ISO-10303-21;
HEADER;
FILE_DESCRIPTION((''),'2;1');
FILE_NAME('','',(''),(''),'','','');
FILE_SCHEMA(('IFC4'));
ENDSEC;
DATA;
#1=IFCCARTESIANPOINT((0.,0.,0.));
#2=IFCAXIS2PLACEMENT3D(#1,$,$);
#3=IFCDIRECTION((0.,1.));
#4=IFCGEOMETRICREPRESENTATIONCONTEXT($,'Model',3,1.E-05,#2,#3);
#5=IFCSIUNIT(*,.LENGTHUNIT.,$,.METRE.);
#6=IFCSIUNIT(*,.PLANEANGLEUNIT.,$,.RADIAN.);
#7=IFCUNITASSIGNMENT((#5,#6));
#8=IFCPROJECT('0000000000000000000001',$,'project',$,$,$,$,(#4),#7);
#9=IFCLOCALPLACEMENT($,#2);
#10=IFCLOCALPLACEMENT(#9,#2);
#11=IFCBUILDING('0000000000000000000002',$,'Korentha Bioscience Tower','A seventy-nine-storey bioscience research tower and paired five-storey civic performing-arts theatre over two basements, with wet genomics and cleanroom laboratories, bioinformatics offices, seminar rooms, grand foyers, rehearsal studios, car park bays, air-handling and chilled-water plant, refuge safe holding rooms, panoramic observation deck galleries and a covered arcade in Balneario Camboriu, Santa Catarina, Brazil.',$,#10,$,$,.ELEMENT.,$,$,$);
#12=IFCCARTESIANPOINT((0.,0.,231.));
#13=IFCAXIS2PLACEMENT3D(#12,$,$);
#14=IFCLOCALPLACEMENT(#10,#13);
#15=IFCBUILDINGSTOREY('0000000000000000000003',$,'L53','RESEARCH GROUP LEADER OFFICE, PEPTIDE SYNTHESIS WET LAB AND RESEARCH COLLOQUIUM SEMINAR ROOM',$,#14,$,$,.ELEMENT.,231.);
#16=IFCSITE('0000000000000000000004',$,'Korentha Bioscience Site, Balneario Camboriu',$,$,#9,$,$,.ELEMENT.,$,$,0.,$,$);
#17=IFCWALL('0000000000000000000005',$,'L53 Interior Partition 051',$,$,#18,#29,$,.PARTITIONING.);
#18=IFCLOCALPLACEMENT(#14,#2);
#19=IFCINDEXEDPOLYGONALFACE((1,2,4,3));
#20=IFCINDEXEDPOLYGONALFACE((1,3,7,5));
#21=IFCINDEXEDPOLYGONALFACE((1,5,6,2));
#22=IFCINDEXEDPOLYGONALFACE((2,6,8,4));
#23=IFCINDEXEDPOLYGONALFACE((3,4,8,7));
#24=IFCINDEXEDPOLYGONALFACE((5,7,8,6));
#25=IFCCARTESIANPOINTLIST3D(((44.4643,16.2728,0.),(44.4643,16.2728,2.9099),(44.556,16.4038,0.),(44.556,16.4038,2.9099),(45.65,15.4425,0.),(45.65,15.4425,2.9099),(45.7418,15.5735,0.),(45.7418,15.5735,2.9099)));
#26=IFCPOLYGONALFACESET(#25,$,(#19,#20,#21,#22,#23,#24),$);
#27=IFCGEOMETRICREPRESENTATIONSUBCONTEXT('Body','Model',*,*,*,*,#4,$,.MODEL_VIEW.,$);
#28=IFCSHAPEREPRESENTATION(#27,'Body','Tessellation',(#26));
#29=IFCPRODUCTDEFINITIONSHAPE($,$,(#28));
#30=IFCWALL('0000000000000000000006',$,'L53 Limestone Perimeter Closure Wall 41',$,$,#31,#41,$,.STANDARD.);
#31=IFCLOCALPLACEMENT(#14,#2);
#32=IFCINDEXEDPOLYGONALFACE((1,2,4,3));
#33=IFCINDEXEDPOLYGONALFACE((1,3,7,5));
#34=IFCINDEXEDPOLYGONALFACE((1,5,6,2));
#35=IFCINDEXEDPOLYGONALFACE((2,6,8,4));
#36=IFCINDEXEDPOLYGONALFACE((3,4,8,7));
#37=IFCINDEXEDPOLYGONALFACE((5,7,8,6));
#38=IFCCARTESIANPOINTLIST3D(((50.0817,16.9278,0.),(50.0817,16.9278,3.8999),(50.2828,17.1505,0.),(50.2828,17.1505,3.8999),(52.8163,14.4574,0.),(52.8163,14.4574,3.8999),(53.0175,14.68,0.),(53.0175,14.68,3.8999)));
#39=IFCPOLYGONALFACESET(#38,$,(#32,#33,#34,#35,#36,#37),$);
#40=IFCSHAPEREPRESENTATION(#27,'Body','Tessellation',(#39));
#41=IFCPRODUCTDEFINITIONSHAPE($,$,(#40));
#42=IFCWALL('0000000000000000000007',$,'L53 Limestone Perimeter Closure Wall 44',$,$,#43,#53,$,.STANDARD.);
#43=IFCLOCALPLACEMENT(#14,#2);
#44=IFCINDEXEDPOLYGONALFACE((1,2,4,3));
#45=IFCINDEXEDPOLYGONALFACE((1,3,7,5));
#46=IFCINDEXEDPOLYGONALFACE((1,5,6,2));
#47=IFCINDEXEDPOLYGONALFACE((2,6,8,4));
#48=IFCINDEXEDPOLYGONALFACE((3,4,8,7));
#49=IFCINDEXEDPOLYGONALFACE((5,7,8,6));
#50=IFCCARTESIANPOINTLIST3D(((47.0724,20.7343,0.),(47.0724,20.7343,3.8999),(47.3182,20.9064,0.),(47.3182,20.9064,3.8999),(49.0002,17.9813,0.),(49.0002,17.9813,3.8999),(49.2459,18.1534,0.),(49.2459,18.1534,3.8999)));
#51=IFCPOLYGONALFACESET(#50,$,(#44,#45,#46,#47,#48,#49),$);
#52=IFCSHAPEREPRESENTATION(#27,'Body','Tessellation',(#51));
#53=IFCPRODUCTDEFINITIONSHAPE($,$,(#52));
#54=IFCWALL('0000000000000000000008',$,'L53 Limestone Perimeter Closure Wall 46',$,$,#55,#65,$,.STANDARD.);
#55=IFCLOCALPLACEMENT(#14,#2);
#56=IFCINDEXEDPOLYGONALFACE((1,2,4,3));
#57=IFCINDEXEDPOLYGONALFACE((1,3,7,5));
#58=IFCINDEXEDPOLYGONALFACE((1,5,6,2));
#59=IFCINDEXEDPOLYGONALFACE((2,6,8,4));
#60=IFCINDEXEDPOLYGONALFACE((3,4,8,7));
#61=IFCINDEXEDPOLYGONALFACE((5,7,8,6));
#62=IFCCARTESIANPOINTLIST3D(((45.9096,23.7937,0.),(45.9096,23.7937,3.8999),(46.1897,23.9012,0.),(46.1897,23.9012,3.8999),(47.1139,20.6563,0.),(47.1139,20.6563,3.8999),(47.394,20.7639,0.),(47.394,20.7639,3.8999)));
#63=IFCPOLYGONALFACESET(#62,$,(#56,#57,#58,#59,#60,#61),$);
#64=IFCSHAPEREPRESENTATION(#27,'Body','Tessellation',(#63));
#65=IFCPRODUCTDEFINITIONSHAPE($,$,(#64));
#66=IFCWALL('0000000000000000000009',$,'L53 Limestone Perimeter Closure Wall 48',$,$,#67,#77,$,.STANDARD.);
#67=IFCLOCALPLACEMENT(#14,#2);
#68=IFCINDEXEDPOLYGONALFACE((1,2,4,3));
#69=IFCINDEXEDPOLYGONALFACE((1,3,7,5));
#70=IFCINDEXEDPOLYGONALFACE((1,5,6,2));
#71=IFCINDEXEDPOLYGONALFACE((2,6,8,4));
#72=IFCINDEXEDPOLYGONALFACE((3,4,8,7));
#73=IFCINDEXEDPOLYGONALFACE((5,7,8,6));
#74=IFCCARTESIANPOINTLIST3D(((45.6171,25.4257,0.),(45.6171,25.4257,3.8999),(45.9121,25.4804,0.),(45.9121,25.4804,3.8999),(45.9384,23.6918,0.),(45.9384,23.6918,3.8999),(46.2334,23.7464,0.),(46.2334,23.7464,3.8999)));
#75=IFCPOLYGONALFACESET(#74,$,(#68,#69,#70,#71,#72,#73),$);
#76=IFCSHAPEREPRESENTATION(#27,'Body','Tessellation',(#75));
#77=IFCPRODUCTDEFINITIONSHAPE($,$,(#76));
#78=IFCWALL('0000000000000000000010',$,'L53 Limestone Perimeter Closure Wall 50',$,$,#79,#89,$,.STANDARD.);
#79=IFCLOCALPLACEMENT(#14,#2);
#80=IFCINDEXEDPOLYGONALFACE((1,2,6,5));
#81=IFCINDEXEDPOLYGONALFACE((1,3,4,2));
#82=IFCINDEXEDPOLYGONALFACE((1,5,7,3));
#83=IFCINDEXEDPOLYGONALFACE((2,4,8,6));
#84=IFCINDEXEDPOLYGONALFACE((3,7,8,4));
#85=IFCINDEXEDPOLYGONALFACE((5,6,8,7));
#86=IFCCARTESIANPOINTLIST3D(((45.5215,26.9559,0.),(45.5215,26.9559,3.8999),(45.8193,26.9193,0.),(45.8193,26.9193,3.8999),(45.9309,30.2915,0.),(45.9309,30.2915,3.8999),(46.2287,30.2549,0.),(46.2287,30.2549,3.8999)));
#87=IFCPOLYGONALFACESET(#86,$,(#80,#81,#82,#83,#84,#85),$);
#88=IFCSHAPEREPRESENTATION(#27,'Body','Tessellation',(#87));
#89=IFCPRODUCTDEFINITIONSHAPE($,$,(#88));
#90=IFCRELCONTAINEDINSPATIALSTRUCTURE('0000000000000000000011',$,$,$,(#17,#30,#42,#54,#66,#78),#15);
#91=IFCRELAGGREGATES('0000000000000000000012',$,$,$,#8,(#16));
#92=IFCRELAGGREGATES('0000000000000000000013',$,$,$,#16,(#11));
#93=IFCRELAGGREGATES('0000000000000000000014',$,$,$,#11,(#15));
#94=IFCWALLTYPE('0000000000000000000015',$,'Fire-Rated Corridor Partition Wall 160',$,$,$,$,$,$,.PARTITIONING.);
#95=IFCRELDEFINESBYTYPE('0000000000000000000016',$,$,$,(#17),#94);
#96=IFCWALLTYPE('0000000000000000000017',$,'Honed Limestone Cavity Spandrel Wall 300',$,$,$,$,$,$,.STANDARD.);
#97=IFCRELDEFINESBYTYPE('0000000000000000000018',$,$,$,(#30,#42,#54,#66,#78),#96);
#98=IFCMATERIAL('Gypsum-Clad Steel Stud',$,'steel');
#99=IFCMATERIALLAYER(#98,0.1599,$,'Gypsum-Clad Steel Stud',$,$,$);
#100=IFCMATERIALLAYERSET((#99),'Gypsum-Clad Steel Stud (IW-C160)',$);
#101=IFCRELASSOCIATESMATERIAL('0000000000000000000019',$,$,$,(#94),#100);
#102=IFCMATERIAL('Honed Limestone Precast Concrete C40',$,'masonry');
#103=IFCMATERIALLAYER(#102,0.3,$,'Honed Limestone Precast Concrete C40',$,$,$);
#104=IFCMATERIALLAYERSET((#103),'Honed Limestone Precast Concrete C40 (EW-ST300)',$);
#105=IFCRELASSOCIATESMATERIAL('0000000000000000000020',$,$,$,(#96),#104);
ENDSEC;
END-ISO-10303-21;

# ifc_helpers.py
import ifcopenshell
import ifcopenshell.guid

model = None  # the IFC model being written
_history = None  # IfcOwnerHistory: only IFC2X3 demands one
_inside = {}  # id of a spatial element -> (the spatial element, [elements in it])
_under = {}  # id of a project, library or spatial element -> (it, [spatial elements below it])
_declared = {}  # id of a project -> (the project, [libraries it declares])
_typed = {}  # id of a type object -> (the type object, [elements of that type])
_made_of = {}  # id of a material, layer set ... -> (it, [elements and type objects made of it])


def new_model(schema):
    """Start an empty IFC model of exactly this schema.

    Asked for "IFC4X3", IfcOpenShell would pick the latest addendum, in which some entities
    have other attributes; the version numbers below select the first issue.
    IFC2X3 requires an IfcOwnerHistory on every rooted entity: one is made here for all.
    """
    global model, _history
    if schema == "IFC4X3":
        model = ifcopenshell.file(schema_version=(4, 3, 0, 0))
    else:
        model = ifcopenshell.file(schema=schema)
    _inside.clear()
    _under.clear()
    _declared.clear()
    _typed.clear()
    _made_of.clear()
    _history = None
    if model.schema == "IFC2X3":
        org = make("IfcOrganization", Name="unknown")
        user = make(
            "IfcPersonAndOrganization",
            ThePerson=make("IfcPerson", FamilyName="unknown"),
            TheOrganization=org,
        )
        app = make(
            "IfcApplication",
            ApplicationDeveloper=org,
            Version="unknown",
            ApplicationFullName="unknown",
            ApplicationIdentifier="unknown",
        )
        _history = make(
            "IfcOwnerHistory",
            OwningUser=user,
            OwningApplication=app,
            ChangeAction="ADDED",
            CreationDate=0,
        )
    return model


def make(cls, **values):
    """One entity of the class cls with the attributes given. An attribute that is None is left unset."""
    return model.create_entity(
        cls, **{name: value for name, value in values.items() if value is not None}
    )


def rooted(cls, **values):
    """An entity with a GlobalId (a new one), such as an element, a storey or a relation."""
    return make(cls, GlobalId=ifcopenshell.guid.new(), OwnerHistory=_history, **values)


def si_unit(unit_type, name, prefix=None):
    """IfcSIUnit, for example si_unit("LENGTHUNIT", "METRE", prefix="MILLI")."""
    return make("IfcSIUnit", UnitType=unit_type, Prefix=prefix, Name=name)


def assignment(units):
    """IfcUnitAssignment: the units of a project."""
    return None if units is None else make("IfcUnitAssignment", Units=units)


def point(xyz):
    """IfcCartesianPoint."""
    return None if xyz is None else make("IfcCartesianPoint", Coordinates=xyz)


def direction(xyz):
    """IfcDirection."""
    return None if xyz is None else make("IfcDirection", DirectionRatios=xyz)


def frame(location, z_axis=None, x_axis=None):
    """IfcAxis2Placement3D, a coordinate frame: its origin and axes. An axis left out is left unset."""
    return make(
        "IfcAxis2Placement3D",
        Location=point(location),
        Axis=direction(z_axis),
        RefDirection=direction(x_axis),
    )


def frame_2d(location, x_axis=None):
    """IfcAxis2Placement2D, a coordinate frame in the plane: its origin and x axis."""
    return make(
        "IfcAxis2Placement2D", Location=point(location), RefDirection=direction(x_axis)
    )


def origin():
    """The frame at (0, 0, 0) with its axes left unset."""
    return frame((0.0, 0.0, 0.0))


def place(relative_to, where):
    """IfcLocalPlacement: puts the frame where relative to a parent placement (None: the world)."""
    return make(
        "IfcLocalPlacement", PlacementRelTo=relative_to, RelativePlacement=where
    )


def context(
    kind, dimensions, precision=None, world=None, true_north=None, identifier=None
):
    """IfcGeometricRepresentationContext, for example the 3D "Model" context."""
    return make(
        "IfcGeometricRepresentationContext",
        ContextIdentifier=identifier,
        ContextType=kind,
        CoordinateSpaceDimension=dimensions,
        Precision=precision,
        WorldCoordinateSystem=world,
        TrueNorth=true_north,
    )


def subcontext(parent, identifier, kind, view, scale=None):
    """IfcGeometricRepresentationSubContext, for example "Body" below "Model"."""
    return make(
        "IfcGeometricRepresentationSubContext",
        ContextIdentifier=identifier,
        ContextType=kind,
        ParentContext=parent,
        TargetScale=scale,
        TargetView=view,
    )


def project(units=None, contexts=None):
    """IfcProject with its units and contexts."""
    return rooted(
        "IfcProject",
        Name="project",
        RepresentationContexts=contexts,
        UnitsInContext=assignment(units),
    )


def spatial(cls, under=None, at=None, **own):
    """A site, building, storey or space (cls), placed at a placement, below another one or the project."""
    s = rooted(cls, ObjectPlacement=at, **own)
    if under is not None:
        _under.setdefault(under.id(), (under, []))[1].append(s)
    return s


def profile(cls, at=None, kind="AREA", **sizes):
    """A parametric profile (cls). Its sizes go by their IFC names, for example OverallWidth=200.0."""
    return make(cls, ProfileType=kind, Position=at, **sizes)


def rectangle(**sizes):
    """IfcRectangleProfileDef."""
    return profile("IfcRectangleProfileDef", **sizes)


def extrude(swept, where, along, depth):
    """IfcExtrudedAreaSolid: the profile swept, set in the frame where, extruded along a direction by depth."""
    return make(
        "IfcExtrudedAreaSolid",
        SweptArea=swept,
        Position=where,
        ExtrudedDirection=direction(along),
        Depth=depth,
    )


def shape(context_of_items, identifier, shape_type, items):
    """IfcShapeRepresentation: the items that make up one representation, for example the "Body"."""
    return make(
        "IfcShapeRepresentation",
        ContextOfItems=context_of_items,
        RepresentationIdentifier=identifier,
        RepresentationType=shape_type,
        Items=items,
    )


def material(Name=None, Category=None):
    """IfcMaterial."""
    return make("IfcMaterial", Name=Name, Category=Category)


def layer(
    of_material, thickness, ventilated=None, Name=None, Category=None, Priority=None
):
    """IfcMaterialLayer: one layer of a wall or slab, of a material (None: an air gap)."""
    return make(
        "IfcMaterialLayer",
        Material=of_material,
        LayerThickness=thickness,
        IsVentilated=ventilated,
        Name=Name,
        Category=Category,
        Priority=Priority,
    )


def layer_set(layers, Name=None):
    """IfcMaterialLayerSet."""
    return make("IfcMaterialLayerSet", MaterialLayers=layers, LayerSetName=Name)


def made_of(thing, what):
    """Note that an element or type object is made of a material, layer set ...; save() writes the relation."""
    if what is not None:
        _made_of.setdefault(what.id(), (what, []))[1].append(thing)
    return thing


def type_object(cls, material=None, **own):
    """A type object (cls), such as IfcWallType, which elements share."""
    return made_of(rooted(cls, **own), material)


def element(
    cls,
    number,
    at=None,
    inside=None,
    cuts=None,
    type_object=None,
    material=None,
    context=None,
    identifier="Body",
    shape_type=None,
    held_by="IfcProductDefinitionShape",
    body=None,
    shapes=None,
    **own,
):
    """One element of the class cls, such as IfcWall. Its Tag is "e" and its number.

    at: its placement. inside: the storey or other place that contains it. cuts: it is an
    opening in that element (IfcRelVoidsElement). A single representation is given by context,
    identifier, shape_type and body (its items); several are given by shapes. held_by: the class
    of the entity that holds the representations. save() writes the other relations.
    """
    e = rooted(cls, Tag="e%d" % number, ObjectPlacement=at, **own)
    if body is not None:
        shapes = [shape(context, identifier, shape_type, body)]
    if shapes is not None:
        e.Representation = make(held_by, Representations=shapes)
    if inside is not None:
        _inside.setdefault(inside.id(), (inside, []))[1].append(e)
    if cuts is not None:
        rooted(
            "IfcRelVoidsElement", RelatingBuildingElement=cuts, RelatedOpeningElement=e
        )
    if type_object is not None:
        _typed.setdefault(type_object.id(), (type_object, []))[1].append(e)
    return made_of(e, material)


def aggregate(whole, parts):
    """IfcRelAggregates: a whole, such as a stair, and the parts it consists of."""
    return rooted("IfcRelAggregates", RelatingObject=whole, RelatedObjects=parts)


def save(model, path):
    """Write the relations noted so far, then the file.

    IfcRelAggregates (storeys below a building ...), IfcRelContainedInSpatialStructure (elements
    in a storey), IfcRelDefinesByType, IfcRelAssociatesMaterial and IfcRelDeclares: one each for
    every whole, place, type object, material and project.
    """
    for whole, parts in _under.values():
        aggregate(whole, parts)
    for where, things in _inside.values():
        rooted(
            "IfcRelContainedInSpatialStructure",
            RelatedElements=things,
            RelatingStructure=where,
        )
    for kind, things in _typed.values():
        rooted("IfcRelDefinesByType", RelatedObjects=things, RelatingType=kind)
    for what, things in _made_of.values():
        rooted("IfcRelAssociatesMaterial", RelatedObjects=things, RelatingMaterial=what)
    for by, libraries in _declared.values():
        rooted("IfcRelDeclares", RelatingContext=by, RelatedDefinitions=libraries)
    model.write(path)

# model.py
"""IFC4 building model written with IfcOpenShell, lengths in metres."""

from ifc_helpers import new_model, si_unit, direction, frame, frame_2d, origin, place, context, subcontext, project, spatial, rectangle, extrude, material, layer, layer_set, type_object, element, save


model = new_model("IFC4")

# Units and contexts
model_context = context("Model", 3, precision=1e-05, world=origin(), true_north=direction((0.0, 1.0)))
body_context = subcontext(model_context, "Body", "Model", "MODEL_VIEW")
ifc_project = project(units=[si_unit("LENGTHUNIT", "METRE"), si_unit("PLANEANGLEUNIT", "RADIAN")], contexts=[model_context])

# Site, building, storey
site_placement = place(None, origin())
site = spatial("IfcSite", under=ifc_project, at=site_placement, Name="Korentha Bioscience Site, Balneario Camboriu", CompositionType="ELEMENT", RefElevation=0.0)
building_placement = place(site_placement, origin())
building = spatial("IfcBuilding", under=site, at=building_placement, Name="Korentha Bioscience Tower", Description="A seventy-nine-storey bioscience research tower and paired five-storey civic performing-arts theatre over two basements, with wet genomics and cleanroom laboratories, bioinformatics offices, seminar rooms, grand foyers, rehearsal studios, car park bays, air-handling and chilled-water plant, refuge safe holding rooms, panoramic observation deck galleries and a covered arcade in Balneario Camboriu, Santa Catarina, Brazil.", CompositionType="ELEMENT")
storey_placement = place(building_placement, frame((0.0, 0.0, 231.0)))
storey = spatial("IfcBuildingStorey", under=building, at=storey_placement, Name="L53", Description="RESEARCH GROUP LEADER OFFICE, PEPTIDE SYNTHESIS WET LAB AND RESEARCH COLLOQUIUM SEMINAR ROOM", CompositionType="ELEMENT", Elevation=231.0)

# Shared definitions
ifc_material_1 = material(Name="Gypsum-Clad Steel Stud", Category="steel")
ifc_layer_1 = layer(ifc_material_1, 0.1599, Name="Gypsum-Clad Steel Stud")
ifc_layer_set_1 = layer_set([ifc_layer_1], Name="Gypsum-Clad Steel Stud (IW-C160)")
wall_type_1 = type_object("IfcWallType", Name="Fire-Rated Corridor Partition Wall 160", PredefinedType="PARTITIONING", material=ifc_layer_set_1)

# Walls
wall_1_placement = place(storey_placement, frame((45.6958, 15.5081, 0.0), z_axis=(0.0, 0.0, 1.0), x_axis=(-0.819145, 0.573587, 0.0)))
element("IfcWall", 1, at=wall_1_placement, inside=storey, type_object=wall_type_1, Name="L53 Interior Partition 051", PredefinedType="PARTITIONING", context=body_context, shape_type="SweptSolid", body=[
    extrude(rectangle(XDim=1.4475, YDim=0.1599, at=frame_2d((0.7236, 0.0))), origin(), (0.0, 0.0, 1.0), 2.9099),
])
ifc_material_2 = material(Name="Honed Limestone Precast Concrete C40", Category="masonry")
ifc_layer_2 = layer(ifc_material_2, 0.3, Name="Honed Limestone Precast Concrete C40")
ifc_layer_set_2 = layer_set([ifc_layer_2], Name="Honed Limestone Precast Concrete C40 (EW-ST300)")
wall_type_2 = type_object("IfcWallType", Name="Honed Limestone Cavity Spandrel Wall 300", PredefinedType="STANDARD", material=ifc_layer_set_2)
wall_2_placement = place(storey_placement, frame((52.917, 14.5686, 0.0), z_axis=(0.0, 0.0, 1.0), x_axis=(-0.742038, 0.670358, 0.0)))
element("IfcWall", 2, at=wall_2_placement, inside=storey, type_object=wall_type_2, Name="L53 Limestone Perimeter Closure Wall 41", PredefinedType="STANDARD", context=body_context, shape_type="SweptSolid", body=[
    extrude(rectangle(XDim=3.6853, YDim=0.3, at=frame_2d((1.8428, 0.0))), origin(), (0.0, 0.0, 1.0), 3.8999),
])
wall_3_placement = place(storey_placement, frame((49.123, 18.0674, 0.0), z_axis=(0.0, 0.0, 1.0), x_axis=(-0.573599, 0.819136, 0.0)))
element("IfcWall", 3, at=wall_3_placement, inside=storey, type_object=wall_type_2, Name="L53 Limestone Perimeter Closure Wall 44", PredefinedType="STANDARD", context=body_context, shape_type="SweptSolid", body=[
    extrude(rectangle(XDim=3.3608, YDim=0.3, at=frame_2d((1.6804, 0.0))), origin(), (0.0, 0.0, 1.0), 3.8999),
])
wall_4_placement = place(storey_placement, frame((47.2539, 20.7102, 0.0), z_axis=(0.0, 0.0, 1.0), x_axis=(-0.358366, 0.933581, 0.0)))
element("IfcWall", 4, at=wall_4_placement, inside=storey, type_object=wall_type_2, Name="L53 Limestone Perimeter Closure Wall 46", PredefinedType="STANDARD", context=body_context, shape_type="SweptSolid", body=[
    extrude(rectangle(XDim=3.3606, YDim=0.3, at=frame_2d((1.6802, 0.0))), origin(), (0.0, 0.0, 1.0), 3.8999),
])
wall_5_placement = place(storey_placement, frame((46.0859, 23.719, 0.0), z_axis=(0.0, 0.0, 1.0), x_axis=(-0.182198, 0.983262, 0.0)))
element("IfcWall", 5, at=wall_5_placement, inside=storey, type_object=wall_type_2, Name="L53 Limestone Perimeter Closure Wall 48", PredefinedType="STANDARD", context=body_context, shape_type="SweptSolid", body=[
    extrude(rectangle(XDim=1.7634, YDim=0.3, at=frame_2d((0.8818, 0.0))), origin(), (0.0, 0.0, 1.0), 3.8999),
])
wall_6_placement = place(storey_placement, frame((45.6704, 26.9377, 0.0), z_axis=(0.0, 0.0, 1.0), x_axis=(0.121835, 0.99255, 0.0)))
element("IfcWall", 6, at=wall_6_placement, inside=storey, type_object=wall_type_2, Name="L53 Limestone Perimeter Closure Wall 50", PredefinedType="STANDARD", context=body_context, shape_type="SweptSolid", body=[
    extrude(rectangle(XDim=3.3606, YDim=0.3, at=frame_2d((1.6802, 0.0))), origin(), (0.0, 0.0, 1.0), 3.8999),
])

save(model, "model.ifc")
